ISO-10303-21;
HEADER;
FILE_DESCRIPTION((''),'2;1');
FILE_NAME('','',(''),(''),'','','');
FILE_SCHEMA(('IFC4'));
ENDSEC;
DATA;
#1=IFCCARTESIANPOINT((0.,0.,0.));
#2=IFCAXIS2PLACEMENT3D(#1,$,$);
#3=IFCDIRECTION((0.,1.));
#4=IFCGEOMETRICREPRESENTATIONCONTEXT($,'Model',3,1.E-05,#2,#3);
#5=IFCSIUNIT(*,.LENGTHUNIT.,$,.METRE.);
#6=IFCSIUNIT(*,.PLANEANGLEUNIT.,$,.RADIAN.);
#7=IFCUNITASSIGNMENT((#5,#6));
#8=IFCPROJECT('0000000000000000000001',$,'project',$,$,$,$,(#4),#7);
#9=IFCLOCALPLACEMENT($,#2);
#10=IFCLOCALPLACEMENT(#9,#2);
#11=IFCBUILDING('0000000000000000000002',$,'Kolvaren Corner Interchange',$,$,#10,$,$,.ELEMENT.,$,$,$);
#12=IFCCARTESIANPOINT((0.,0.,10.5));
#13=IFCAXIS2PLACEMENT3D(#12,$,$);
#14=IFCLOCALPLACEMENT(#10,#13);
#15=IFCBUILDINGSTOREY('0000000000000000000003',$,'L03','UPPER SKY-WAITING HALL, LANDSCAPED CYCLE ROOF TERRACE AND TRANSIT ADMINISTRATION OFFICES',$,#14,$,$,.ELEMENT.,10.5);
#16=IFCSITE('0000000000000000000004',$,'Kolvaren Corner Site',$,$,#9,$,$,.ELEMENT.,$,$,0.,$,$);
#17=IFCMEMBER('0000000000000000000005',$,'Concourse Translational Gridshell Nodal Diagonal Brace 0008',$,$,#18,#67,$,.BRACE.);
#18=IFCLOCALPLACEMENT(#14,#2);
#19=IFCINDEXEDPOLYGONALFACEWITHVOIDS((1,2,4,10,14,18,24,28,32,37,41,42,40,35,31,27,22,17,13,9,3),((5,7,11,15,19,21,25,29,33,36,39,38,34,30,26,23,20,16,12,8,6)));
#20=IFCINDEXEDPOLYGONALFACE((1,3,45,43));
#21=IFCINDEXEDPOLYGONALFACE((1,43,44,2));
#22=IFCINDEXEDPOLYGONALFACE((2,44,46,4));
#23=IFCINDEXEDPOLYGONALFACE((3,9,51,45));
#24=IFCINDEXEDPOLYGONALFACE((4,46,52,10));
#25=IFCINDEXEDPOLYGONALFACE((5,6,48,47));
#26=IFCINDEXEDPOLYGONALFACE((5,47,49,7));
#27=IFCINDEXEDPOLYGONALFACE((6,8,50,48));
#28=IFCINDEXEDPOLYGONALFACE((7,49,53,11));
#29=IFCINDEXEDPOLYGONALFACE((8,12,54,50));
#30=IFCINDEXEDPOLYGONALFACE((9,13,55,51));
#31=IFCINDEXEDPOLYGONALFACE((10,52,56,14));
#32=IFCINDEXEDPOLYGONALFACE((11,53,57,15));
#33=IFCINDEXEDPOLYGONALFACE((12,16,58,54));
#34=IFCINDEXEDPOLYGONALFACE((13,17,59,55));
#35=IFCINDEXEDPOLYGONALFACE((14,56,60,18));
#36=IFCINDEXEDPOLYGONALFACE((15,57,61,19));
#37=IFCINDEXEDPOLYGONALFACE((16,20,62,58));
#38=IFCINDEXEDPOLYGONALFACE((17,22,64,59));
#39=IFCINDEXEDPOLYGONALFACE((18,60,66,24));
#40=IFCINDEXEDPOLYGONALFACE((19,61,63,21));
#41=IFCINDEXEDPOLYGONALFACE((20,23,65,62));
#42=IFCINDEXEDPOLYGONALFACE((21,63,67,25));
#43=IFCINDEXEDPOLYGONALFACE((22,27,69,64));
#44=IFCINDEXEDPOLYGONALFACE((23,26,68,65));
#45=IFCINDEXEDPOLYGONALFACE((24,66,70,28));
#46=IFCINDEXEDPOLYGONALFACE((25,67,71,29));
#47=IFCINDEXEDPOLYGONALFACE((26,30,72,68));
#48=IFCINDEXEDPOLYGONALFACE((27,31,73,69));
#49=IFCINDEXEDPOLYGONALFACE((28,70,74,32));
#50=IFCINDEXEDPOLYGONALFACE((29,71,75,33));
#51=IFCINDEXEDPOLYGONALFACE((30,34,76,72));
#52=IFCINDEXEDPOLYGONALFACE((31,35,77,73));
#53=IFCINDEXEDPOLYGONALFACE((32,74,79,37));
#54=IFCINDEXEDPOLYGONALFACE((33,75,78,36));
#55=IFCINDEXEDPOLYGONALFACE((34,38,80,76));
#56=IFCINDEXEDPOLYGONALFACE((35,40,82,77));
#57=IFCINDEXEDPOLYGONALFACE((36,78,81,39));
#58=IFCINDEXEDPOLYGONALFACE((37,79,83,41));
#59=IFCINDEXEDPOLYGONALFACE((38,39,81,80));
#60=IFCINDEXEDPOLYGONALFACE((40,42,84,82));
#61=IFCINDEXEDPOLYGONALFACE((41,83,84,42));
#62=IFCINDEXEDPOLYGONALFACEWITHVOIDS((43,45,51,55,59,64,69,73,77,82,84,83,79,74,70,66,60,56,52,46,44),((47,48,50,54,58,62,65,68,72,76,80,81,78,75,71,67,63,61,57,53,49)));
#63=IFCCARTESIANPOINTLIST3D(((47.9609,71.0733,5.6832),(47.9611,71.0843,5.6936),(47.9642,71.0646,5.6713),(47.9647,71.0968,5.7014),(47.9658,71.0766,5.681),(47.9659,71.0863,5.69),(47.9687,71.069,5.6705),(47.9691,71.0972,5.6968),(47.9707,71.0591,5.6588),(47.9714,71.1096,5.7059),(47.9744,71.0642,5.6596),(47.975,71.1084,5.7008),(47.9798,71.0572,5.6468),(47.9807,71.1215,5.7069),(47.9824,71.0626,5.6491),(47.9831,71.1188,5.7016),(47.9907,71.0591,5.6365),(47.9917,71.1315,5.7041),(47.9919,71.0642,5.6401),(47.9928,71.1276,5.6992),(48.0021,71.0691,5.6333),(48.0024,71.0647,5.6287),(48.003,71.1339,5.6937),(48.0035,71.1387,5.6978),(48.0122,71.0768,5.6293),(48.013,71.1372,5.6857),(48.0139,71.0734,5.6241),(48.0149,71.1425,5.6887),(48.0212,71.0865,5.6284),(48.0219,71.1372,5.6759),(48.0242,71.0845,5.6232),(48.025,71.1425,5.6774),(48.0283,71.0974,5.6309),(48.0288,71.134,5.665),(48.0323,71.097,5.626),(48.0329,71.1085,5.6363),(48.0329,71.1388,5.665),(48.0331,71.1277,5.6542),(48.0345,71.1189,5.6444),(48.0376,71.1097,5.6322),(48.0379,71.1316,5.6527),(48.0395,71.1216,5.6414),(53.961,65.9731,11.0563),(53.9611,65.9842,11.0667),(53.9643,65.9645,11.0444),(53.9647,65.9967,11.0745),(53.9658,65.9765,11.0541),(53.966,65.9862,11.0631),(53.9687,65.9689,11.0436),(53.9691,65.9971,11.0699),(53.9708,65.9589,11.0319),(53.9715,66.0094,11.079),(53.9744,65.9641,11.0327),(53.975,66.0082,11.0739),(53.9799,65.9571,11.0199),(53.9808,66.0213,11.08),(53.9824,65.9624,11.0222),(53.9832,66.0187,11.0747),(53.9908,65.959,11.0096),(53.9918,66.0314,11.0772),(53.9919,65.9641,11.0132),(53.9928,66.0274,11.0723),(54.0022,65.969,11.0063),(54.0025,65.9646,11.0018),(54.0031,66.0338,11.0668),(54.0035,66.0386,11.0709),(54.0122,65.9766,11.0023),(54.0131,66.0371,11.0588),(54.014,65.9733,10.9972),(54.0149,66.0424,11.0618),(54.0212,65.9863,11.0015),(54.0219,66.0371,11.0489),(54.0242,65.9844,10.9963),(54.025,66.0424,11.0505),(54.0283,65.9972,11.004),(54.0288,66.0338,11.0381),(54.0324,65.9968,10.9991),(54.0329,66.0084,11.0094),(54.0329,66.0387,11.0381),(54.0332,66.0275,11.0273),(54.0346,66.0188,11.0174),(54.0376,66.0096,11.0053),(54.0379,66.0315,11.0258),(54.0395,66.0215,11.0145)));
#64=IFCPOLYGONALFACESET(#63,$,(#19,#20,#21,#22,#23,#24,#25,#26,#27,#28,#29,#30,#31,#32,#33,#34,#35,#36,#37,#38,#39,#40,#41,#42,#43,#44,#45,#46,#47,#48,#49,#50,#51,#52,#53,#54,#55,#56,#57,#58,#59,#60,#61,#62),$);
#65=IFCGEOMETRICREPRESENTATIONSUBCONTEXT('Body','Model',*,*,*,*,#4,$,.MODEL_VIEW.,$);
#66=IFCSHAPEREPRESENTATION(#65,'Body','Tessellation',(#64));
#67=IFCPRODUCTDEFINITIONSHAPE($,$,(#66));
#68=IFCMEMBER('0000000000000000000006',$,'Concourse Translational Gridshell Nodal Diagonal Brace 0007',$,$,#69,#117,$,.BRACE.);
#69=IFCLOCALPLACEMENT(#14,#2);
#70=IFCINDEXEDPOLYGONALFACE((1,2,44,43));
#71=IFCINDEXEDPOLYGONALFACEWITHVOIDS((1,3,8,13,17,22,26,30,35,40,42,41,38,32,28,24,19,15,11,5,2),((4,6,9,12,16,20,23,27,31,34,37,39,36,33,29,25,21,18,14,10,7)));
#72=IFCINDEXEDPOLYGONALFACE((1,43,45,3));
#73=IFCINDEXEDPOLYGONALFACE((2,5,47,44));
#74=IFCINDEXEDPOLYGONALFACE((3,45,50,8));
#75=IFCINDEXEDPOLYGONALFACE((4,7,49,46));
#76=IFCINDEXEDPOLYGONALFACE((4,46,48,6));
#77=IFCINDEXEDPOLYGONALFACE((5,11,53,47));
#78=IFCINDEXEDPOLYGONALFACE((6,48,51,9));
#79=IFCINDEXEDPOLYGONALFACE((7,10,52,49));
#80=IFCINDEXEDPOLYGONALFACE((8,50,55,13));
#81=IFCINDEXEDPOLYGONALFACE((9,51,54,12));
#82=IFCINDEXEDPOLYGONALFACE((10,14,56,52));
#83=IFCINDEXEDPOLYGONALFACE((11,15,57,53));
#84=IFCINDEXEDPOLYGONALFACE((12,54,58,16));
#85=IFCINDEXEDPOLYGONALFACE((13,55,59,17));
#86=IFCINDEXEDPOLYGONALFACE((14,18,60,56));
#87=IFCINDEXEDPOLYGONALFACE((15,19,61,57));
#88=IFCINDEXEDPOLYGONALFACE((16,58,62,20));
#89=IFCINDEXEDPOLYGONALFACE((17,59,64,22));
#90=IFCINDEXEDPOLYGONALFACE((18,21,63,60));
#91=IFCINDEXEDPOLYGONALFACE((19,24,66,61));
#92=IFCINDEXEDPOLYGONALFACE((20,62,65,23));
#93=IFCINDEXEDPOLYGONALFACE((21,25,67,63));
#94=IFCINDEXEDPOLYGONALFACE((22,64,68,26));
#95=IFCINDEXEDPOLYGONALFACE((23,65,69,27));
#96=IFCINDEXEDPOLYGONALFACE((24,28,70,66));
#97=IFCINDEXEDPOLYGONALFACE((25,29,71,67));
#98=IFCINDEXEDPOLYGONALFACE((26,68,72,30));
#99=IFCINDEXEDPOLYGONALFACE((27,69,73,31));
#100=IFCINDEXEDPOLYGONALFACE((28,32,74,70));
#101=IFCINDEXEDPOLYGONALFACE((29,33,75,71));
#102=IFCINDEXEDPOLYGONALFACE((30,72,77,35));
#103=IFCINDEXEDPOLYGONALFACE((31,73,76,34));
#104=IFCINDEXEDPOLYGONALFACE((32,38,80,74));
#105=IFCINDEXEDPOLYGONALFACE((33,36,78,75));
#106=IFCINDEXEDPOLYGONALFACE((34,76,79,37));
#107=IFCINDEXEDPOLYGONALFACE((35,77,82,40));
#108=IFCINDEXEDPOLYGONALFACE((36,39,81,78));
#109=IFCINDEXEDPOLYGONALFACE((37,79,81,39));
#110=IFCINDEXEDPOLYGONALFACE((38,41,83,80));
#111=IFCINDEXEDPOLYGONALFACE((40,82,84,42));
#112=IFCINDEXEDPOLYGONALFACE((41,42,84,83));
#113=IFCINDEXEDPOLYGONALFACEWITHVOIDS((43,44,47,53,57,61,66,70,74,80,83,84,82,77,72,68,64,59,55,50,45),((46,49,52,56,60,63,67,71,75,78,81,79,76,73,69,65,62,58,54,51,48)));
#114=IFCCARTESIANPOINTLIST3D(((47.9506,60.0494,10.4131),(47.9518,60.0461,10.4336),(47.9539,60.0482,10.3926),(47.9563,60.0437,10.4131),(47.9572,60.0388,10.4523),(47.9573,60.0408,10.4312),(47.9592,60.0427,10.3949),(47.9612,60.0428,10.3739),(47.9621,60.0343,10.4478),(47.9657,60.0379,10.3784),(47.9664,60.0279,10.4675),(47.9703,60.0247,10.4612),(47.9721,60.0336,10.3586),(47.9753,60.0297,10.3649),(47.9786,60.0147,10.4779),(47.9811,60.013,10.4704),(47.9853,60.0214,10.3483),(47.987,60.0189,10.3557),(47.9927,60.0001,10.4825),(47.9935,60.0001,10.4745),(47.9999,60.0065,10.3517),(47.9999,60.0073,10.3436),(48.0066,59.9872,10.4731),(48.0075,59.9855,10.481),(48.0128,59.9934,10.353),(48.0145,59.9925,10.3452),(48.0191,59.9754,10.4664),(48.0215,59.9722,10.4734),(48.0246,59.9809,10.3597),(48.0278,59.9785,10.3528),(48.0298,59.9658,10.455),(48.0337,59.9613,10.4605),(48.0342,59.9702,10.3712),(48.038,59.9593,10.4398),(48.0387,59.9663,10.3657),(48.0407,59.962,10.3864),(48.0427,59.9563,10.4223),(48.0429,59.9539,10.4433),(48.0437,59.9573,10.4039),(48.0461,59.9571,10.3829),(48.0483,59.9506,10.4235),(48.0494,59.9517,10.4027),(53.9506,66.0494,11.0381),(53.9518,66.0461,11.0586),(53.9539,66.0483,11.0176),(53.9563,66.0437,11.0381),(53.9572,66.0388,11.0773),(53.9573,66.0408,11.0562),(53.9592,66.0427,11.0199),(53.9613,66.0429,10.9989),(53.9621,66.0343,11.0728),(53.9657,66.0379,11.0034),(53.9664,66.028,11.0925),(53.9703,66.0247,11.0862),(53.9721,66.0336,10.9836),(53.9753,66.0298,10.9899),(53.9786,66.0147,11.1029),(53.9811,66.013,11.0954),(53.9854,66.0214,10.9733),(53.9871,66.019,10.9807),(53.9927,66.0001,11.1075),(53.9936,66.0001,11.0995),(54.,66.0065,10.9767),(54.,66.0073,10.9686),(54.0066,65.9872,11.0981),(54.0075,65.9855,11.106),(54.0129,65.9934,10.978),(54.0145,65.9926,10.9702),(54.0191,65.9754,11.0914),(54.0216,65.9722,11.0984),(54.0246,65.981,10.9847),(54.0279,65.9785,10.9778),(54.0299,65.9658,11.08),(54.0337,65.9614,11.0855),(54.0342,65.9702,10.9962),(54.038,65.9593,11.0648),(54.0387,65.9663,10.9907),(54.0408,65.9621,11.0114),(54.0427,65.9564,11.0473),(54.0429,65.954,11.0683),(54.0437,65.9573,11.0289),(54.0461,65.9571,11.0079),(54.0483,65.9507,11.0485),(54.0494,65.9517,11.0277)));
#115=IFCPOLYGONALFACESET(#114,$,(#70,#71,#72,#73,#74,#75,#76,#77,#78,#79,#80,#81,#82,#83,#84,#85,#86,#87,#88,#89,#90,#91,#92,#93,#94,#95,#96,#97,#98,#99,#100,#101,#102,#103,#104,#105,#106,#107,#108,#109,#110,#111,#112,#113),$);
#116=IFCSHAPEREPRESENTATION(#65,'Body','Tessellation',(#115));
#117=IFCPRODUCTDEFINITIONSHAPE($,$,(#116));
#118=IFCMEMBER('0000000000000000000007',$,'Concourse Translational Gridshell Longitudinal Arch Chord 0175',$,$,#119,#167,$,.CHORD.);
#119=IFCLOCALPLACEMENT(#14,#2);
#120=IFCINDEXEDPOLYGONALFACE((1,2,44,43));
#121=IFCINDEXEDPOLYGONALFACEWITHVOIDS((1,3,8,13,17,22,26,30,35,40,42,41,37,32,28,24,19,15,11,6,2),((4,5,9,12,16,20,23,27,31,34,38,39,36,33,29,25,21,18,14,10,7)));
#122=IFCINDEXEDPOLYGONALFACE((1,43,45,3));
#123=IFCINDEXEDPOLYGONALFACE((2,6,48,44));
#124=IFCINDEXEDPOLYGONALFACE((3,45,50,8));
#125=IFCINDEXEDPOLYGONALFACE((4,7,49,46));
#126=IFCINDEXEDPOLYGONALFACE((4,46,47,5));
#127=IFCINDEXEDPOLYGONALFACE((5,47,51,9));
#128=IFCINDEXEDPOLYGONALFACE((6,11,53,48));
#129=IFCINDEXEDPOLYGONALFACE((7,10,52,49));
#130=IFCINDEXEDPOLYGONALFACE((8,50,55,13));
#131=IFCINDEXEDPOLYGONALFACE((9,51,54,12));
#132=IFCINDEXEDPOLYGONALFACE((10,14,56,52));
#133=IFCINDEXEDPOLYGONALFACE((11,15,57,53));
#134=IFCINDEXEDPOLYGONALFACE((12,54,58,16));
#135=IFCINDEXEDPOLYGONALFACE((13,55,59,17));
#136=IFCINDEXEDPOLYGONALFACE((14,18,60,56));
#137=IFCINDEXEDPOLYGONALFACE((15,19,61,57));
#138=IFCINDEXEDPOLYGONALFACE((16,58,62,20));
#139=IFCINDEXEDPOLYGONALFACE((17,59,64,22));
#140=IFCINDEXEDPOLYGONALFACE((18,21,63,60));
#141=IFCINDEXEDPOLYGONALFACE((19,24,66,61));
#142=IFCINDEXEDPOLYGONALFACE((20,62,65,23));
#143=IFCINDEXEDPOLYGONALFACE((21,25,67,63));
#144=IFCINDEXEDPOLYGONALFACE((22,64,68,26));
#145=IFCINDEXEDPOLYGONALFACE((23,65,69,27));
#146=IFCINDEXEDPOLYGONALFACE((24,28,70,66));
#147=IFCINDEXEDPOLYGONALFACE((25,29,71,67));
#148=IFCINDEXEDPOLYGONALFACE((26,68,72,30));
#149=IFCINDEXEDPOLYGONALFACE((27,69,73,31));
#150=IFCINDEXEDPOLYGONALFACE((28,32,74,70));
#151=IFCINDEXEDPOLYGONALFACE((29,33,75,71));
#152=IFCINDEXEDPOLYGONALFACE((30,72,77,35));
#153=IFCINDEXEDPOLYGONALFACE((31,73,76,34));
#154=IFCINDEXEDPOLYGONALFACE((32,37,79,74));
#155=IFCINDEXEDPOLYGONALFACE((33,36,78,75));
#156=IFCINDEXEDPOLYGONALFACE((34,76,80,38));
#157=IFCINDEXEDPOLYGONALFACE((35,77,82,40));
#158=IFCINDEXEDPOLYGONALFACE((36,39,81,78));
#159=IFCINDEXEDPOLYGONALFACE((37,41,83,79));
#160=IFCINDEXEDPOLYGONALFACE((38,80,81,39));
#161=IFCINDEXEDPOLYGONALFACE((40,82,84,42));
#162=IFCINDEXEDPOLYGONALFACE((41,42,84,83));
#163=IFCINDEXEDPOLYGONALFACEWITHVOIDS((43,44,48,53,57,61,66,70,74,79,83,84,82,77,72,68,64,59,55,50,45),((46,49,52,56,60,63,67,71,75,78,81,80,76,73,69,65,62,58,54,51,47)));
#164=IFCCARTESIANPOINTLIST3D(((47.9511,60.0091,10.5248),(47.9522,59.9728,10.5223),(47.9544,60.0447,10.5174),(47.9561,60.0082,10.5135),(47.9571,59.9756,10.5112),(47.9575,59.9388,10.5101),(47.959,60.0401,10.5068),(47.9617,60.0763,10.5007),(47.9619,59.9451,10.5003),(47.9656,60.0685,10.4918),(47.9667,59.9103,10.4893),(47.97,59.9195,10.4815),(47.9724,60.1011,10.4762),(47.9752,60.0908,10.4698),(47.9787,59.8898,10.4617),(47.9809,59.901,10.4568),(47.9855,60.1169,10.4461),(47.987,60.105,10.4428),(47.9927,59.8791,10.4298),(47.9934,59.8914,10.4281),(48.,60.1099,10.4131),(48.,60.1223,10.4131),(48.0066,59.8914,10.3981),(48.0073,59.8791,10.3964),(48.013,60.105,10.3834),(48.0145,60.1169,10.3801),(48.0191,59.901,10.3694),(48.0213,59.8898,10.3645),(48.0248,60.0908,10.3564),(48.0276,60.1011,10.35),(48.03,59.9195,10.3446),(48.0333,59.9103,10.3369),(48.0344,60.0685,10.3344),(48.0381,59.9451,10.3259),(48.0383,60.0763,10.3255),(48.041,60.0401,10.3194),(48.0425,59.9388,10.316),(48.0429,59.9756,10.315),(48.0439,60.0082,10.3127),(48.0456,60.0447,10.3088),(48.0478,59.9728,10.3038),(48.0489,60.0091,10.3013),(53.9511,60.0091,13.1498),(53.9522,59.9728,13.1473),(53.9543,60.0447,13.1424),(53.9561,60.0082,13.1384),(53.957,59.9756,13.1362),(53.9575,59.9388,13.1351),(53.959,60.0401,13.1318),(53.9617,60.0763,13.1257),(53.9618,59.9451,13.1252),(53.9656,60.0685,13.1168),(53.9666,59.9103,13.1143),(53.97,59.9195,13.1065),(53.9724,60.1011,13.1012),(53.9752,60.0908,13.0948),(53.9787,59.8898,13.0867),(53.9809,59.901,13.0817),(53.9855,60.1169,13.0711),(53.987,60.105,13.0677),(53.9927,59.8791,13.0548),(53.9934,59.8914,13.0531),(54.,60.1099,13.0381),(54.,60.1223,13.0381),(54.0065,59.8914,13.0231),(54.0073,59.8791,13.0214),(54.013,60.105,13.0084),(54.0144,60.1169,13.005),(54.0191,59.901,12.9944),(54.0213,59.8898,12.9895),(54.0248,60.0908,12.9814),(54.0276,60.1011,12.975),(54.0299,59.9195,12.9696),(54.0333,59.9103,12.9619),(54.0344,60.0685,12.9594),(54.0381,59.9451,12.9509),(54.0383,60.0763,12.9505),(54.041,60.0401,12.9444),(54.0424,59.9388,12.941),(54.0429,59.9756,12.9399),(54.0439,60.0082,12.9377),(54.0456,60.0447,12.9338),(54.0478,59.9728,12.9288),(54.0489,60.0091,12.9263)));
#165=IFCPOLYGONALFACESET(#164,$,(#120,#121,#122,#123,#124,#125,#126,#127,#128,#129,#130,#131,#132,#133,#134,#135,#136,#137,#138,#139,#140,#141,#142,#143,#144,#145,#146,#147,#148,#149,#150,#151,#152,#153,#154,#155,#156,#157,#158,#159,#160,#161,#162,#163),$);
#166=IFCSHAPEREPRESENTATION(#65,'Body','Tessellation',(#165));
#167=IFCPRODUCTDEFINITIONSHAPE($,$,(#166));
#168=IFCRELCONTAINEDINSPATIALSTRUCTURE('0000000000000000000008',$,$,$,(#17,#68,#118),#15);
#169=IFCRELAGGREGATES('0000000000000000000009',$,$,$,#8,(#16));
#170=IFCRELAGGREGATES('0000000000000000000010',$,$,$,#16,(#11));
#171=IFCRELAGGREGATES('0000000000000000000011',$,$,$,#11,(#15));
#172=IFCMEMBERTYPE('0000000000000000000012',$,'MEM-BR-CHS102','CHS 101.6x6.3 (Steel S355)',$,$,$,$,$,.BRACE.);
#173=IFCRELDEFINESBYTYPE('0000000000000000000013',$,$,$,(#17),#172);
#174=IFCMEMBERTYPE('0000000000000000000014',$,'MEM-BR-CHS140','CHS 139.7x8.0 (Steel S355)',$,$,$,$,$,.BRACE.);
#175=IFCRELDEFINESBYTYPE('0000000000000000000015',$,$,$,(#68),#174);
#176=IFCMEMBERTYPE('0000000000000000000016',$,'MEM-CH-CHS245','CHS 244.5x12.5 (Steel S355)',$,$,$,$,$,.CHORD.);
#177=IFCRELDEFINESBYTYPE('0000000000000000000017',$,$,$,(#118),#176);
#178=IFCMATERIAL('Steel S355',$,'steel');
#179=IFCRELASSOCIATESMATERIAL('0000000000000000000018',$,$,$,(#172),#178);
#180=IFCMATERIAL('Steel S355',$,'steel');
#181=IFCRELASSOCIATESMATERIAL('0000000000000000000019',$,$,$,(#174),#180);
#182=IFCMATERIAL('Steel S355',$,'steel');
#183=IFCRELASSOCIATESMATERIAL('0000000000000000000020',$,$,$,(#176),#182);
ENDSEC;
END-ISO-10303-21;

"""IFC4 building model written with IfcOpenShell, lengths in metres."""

from ifc_helpers import new_model, si_unit, direction, frame, origin, origin_2d, place, context, subcontext, project, spatial, hollow_circle, extrude, material, material_profile, profile_set, type_object, element, save


model = new_model("IFC4")

# Units and contexts
model_context = context("Model", 3, precision=1e-05, world=origin(), true_north=direction((0.0, 1.0)))
body_context = subcontext(model_context, "Body", "Model", "MODEL_VIEW")
ifc_project = project(units=[si_unit("LENGTHUNIT", "METRE"), si_unit("PLANEANGLEUNIT", "RADIAN")], contexts=[model_context])

# Site, building, storey
site_placement = place(None, origin())
site = spatial("IfcSite", under=ifc_project, at=site_placement, Name="Kolvaren Corner Site", CompositionType="ELEMENT", RefElevation=0.0)
building_placement = place(site_placement, origin())
building = spatial("IfcBuilding", under=site, at=building_placement, Name="Kolvaren Corner Interchange", CompositionType="ELEMENT")
storey_placement = place(building_placement, frame((0.0, 0.0, 10.5)))
storey = spatial("IfcBuildingStorey", under=building, at=storey_placement, Name="L03", Description="UPPER SKY-WAITING HALL, LANDSCAPED CYCLE ROOF TERRACE AND TRANSIT ADMINISTRATION OFFICES", CompositionType="ELEMENT", Elevation=10.5)

# Members
ifc_material_1 = material(Name="Steel S355", Category="steel")
ifc_material_profile_1 = material_profile(ifc_material_1, hollow_circle(Radius=0.0508, WallThickness=0.0063, at=origin_2d()), Name="CHS 101.6x6.3")
ifc_profile_set_1 = profile_set([ifc_material_profile_1], Name="Steel S355")
member_type_1 = type_object("IfcMemberType", Name="MEM-BR-CHS102", Description="CHS 101.6x6.3 (Steel S355)", PredefinedType="BRACE", material=ifc_profile_set_1)
member_1_placement = place(storey_placement, frame((48.0, 71.1001, 5.665), z_axis=(0.629384, -0.534987, 0.563618), x_axis=(0.647656, 0.761933, 0.0)))
element("IfcMember", 1, at=member_1_placement, inside=storey, type_object=member_type_1, Name="Concourse Translational Gridshell Nodal Diagonal Brace 0008", PredefinedType="BRACE", context=body_context, shape_type="SweptSolid", body=[
    extrude(hollow_circle(Radius=0.0508, WallThickness=0.0063, at=origin_2d()), origin(), (0.0, 0.0, 1.0), 9.5332),
])
ifc_material_2 = material(Name="Steel S355", Category="steel")
ifc_material_profile_2 = material_profile(ifc_material_2, hollow_circle(Radius=0.0698, WallThickness=0.0081, at=origin_2d()), Name="CHS 139.7x8.0")
ifc_profile_set_2 = profile_set([ifc_material_profile_2], Name="Steel S355")
member_type_2 = type_object("IfcMemberType", Name="MEM-BR-CHS140", Description="CHS 139.7x8.0 (Steel S355)", PredefinedType="BRACE", material=ifc_profile_set_2)
member_2_placement = place(storey_placement, frame((48.0, 60.0, 10.4131), z_axis=(0.705196, 0.705196, 0.073458), x_axis=(-0.707107, 0.707107, 0.0)))
element("IfcMember", 2, at=member_2_placement, inside=storey, type_object=member_type_2, Name="Concourse Translational Gridshell Nodal Diagonal Brace 0007", PredefinedType="BRACE", context=body_context, shape_type="SweptSolid", body=[
    extrude(hollow_circle(Radius=0.0698, WallThickness=0.0081, at=origin_2d()), origin(), (0.0, 0.0, 1.0), 8.5083),
])
ifc_material_3 = material(Name="Steel S355", Category="steel")
ifc_material_profile_3 = material_profile(ifc_material_3, hollow_circle(Radius=0.1223, WallThickness=0.0125, at=origin_2d()), Name="CHS 244.5x12.5")
ifc_profile_set_3 = profile_set([ifc_material_profile_3], Name="Steel S355")
member_type_3 = type_object("IfcMemberType", Name="MEM-CH-CHS245", Description="CHS 244.5x12.5 (Steel S355)", PredefinedType="CHORD", material=ifc_profile_set_3)
for number, where, z_axis, x_axis, name in (
    (3, (48.0, 60.0, 10.4131), (0.916157, 0.0, 0.400819), (0.0, 1.0, 0.0), "Concourse Translational Gridshell Longitudinal Arch Chord 0175"),
):
    element("IfcMember", number, at=place(storey_placement, frame(where, z_axis=z_axis, x_axis=x_axis)), inside=storey, type_object=member_type_3, Name=name, PredefinedType="CHORD", context=body_context, shape_type="SweptSolid", body=[
        extrude(hollow_circle(Radius=0.1223, WallThickness=0.0125, at=origin_2d()), origin(), (0.0, 0.0, 1.0), 6.5491),
    ])

save(model, "model.ifc")
